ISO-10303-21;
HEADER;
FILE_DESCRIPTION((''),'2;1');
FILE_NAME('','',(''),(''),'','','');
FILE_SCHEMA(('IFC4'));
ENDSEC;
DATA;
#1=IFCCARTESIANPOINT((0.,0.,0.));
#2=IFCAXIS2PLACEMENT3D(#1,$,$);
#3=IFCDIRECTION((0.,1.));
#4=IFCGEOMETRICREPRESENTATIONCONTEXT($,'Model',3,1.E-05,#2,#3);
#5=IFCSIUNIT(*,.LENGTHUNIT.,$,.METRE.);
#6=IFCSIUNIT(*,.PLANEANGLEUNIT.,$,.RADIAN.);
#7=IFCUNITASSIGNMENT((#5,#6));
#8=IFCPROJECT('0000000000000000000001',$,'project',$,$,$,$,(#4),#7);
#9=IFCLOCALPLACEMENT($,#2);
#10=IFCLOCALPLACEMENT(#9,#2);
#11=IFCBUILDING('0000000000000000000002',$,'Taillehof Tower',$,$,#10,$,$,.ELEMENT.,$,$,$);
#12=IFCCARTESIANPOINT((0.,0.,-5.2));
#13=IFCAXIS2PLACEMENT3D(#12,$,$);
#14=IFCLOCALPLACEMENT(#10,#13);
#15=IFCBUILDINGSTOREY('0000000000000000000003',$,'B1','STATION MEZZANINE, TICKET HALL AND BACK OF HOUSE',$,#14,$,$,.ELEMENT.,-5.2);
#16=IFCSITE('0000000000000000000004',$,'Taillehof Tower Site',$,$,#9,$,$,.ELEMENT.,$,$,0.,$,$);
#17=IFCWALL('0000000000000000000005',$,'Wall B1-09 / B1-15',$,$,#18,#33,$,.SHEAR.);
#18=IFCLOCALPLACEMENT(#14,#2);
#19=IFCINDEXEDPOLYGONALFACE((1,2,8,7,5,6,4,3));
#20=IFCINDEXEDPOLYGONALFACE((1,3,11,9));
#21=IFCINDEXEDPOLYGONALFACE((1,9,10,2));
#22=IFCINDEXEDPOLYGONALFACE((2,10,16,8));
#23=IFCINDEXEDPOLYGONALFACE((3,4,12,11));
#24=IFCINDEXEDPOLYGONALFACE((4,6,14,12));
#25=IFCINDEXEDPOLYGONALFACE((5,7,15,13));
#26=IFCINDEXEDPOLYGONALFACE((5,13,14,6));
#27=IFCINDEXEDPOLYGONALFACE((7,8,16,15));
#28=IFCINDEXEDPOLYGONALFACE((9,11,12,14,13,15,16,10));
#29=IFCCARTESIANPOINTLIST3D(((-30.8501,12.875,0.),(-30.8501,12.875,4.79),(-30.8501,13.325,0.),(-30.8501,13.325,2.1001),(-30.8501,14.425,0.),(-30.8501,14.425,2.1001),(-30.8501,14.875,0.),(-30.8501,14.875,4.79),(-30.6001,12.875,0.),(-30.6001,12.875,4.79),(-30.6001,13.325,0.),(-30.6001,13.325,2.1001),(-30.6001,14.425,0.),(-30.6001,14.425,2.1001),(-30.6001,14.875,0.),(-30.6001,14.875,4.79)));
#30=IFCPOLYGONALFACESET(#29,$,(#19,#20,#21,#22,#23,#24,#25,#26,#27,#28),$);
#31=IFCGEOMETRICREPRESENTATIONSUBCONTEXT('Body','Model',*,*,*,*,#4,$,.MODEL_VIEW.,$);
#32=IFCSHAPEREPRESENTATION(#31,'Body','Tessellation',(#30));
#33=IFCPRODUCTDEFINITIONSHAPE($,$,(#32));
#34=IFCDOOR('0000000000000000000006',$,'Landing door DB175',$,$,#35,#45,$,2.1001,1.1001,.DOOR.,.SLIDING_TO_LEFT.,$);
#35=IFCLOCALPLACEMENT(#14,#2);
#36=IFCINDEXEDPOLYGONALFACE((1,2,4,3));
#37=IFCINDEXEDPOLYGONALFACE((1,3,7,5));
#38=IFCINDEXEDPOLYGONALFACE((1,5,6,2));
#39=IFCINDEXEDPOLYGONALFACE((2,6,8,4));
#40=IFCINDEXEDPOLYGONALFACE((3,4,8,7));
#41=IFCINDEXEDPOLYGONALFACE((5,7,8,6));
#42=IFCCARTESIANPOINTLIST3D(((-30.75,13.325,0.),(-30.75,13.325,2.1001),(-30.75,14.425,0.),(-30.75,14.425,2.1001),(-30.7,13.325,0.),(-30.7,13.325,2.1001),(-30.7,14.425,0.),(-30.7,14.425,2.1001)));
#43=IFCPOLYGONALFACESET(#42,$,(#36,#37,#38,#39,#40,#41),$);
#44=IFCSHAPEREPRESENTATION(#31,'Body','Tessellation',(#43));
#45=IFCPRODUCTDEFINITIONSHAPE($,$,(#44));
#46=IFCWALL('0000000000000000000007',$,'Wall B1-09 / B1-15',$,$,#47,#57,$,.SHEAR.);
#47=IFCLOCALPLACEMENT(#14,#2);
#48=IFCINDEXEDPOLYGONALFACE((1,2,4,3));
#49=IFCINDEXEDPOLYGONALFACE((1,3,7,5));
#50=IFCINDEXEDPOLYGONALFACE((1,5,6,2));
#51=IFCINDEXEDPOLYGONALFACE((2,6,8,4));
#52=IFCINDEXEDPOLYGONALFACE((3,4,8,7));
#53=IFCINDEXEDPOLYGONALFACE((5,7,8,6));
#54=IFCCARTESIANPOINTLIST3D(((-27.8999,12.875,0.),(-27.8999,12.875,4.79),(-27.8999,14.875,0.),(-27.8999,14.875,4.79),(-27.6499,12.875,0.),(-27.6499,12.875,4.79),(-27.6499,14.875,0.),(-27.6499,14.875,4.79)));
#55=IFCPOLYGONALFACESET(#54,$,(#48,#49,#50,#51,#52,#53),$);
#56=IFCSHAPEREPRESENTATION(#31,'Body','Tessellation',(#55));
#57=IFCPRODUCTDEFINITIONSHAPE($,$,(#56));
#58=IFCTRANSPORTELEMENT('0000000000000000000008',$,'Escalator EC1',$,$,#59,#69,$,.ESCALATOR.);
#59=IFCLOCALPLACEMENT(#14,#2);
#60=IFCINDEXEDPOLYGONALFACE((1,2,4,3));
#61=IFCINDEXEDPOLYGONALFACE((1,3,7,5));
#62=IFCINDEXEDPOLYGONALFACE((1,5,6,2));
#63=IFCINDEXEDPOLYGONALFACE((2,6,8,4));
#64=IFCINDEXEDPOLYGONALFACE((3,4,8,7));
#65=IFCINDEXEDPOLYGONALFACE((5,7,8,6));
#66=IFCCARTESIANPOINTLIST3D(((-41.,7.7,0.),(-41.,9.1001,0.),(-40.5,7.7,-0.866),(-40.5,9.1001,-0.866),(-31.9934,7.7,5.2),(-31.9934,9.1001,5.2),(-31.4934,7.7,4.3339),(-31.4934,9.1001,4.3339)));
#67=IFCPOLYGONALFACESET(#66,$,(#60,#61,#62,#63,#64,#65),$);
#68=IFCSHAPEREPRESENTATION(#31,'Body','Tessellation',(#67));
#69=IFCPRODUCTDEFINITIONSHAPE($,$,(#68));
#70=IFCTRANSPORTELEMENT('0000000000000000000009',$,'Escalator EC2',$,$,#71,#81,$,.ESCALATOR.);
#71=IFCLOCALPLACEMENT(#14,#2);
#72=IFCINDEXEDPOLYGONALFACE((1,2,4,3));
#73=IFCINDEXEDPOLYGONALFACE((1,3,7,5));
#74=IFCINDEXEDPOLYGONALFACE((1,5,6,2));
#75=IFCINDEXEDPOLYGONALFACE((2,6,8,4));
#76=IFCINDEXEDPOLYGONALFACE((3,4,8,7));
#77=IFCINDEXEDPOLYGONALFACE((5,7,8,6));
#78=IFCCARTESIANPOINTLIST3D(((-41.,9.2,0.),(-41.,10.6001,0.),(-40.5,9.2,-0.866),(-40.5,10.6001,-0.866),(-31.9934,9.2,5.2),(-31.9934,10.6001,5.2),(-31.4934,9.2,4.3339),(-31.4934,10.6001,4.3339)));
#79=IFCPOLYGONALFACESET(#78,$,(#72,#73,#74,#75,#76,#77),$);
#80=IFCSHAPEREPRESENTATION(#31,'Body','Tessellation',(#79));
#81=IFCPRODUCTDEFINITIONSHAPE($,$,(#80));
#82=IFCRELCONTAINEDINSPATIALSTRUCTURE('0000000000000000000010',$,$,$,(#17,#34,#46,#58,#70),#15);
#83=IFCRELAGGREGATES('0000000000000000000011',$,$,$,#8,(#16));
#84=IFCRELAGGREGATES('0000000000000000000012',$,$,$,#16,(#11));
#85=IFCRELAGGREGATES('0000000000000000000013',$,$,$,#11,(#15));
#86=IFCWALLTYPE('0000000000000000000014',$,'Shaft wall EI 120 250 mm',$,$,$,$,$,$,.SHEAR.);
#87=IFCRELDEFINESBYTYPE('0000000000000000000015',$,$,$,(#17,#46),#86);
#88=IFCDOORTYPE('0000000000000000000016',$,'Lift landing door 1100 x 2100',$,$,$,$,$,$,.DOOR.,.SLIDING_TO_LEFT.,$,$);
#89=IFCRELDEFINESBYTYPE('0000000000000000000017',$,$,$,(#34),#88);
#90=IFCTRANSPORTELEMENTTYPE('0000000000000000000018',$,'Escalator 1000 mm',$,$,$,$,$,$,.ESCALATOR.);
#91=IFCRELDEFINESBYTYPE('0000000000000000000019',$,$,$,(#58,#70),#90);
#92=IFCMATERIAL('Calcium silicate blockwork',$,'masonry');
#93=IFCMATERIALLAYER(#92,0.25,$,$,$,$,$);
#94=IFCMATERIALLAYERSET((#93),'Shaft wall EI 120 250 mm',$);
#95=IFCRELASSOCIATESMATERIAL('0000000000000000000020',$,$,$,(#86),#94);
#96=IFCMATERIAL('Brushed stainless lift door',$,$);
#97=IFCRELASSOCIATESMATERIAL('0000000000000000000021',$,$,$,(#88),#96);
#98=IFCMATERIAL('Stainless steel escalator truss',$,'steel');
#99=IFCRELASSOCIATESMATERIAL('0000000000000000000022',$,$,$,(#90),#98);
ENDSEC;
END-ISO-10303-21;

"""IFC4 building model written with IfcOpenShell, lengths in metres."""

from ifc_helpers import new_model, si_unit, direction, frame, frame_2d, origin, place, context, subcontext, project, spatial, polyline, rectangle, outline, extrude, material, layer, layer_set, type_object, element, fill, save


model = new_model("IFC4")

# Units and contexts
model_context = context("Model", 3, precision=1e-05, world=origin(), true_north=direction((0.0, 1.0)))
body_context = subcontext(model_context, "Body", "Model", "MODEL_VIEW")
ifc_project = project(units=[si_unit("LENGTHUNIT", "METRE"), si_unit("PLANEANGLEUNIT", "RADIAN")], contexts=[model_context])

# Site, building, storey
site_placement = place(None, origin())
site = spatial("IfcSite", under=ifc_project, at=site_placement, Name="Taillehof Tower Site", CompositionType="ELEMENT", RefElevation=0.0)
building_placement = place(site_placement, origin())
building = spatial("IfcBuilding", under=site, at=building_placement, Name="Taillehof Tower", CompositionType="ELEMENT")
storey_placement = place(building_placement, frame((0.0, 0.0, -5.2)))
storey = spatial("IfcBuildingStorey", under=building, at=storey_placement, Name="B1", Description="STATION MEZZANINE, TICKET HALL AND BACK OF HOUSE", CompositionType="ELEMENT", Elevation=-5.2)

# Shared definitions
ifc_material_1 = material(Name="Calcium silicate blockwork", Category="masonry")
ifc_layer_1 = layer(ifc_material_1, 0.25)
ifc_layer_set_1 = layer_set([ifc_layer_1], Name="Shaft wall EI 120 250 mm")
wall_type_1 = type_object("IfcWallType", Name="Shaft wall EI 120 250 mm", PredefinedType="SHEAR", material=ifc_layer_set_1)

# Wall, opening, door
wall_1_placement = place(storey_placement, frame((-30.7251, 12.875, 0.0), z_axis=(0.0, 0.0, 1.0), x_axis=(0.0, 1.0, 0.0)))
wall_1 = element("IfcWall", 1, at=wall_1_placement, inside=storey, type_object=wall_type_1, Name="Wall B1-09 / B1-15", PredefinedType="SHEAR", context=body_context, shape_type="SweptSolid", body=[
    extrude(rectangle(XDim=2.0, YDim=0.25, at=frame_2d((1.0, 0.0))), origin(), (0.0, 0.0, 1.0), 4.79),
])
opening_1_placement = place(wall_1_placement, frame((0.45, 0.0, 0.0)))
opening_1 = element("IfcOpeningElement", 2, at=opening_1_placement, cuts=wall_1, PredefinedType="OPENING", context=body_context, shape_type="SweptSolid", body=[
    extrude(rectangle(XDim=1.1001, YDim=2.1001, at=frame_2d((0.55, 1.05))), frame((0.0, 0.135, 0.0), z_axis=(0.0, -1.0, 0.0), x_axis=(1.0, 0.0, 0.0)), (0.0, 0.0, 1.0), 0.27),
])
ifc_material_2 = material(Name="Brushed stainless lift door")
door_type_1 = type_object("IfcDoorType", Name="Lift landing door 1100 x 2100", OperationType="SLIDING_TO_LEFT", PredefinedType="DOOR", material=ifc_material_2)
door_1_placement = place(opening_1_placement, origin())
door_1 = element("IfcDoor", 3, at=door_1_placement, inside=storey, type_object=door_type_1, Name="Landing door DB175", OperationType="SLIDING_TO_LEFT", OverallHeight=2.1001, OverallWidth=1.1001, PredefinedType="DOOR", context=body_context, shape_type="SweptSolid", body=[
    extrude(rectangle(XDim=1.1001, YDim=2.1001, at=frame_2d((0.55, 1.05))), frame((0.0, 0.0249, 0.0), z_axis=(0.0, -1.0, 0.0), x_axis=(1.0, 0.0, 0.0)), (0.0, 0.0, 1.0), 0.05),
])
fill(opening_1, door_1)

# Wall
wall_2_placement = place(storey_placement, frame((-27.7749, 12.875, 0.0), z_axis=(0.0, 0.0, 1.0), x_axis=(0.0, 1.0, 0.0)))
element("IfcWall", 4, at=wall_2_placement, inside=storey, type_object=wall_type_1, Name="Wall B1-09 / B1-15", PredefinedType="SHEAR", context=body_context, shape_type="SweptSolid", body=[
    extrude(rectangle(XDim=2.0, YDim=0.25, at=frame_2d((1.0, 0.0))), origin(), (0.0, 0.0, 1.0), 4.79),
])

# Transport elements
ifc_material_3 = material(Name="Stainless steel escalator truss", Category="steel")
transport_element_type = type_object("IfcTransportElementType", Name="Escalator 1000 mm", PredefinedType="ESCALATOR", material=ifc_material_3)
for number, where, z_axis, x_axis, name in (
    (5, (-41.0, 7.7, 0.0), (-0.499999, 0.0, 0.866026), (0.866026, 0.0, 0.499999), "Escalator EC1"),
    (6, (-41.0, 9.2, 0.0), (-0.499999, 0.0, 0.866026), (0.866026, 0.0, 0.499999), "Escalator EC2"),
):
    element("IfcTransportElement", number, at=place(storey_placement, frame(where, z_axis=z_axis, x_axis=x_axis)), inside=storey, type_object=transport_element_type, Name=name, PredefinedType="ESCALATOR", context=body_context, shape_type="SweptSolid", body=[
        extrude(outline(polyline([(0.0, 0.0), (10.3999, 0.0), (10.3999, 1.4001), (0.0, 1.4001), (0.0, 0.0)])), origin(), (0.0, 0.0, -1.0), 1.0),
    ])

save(model, "model.ifc")
